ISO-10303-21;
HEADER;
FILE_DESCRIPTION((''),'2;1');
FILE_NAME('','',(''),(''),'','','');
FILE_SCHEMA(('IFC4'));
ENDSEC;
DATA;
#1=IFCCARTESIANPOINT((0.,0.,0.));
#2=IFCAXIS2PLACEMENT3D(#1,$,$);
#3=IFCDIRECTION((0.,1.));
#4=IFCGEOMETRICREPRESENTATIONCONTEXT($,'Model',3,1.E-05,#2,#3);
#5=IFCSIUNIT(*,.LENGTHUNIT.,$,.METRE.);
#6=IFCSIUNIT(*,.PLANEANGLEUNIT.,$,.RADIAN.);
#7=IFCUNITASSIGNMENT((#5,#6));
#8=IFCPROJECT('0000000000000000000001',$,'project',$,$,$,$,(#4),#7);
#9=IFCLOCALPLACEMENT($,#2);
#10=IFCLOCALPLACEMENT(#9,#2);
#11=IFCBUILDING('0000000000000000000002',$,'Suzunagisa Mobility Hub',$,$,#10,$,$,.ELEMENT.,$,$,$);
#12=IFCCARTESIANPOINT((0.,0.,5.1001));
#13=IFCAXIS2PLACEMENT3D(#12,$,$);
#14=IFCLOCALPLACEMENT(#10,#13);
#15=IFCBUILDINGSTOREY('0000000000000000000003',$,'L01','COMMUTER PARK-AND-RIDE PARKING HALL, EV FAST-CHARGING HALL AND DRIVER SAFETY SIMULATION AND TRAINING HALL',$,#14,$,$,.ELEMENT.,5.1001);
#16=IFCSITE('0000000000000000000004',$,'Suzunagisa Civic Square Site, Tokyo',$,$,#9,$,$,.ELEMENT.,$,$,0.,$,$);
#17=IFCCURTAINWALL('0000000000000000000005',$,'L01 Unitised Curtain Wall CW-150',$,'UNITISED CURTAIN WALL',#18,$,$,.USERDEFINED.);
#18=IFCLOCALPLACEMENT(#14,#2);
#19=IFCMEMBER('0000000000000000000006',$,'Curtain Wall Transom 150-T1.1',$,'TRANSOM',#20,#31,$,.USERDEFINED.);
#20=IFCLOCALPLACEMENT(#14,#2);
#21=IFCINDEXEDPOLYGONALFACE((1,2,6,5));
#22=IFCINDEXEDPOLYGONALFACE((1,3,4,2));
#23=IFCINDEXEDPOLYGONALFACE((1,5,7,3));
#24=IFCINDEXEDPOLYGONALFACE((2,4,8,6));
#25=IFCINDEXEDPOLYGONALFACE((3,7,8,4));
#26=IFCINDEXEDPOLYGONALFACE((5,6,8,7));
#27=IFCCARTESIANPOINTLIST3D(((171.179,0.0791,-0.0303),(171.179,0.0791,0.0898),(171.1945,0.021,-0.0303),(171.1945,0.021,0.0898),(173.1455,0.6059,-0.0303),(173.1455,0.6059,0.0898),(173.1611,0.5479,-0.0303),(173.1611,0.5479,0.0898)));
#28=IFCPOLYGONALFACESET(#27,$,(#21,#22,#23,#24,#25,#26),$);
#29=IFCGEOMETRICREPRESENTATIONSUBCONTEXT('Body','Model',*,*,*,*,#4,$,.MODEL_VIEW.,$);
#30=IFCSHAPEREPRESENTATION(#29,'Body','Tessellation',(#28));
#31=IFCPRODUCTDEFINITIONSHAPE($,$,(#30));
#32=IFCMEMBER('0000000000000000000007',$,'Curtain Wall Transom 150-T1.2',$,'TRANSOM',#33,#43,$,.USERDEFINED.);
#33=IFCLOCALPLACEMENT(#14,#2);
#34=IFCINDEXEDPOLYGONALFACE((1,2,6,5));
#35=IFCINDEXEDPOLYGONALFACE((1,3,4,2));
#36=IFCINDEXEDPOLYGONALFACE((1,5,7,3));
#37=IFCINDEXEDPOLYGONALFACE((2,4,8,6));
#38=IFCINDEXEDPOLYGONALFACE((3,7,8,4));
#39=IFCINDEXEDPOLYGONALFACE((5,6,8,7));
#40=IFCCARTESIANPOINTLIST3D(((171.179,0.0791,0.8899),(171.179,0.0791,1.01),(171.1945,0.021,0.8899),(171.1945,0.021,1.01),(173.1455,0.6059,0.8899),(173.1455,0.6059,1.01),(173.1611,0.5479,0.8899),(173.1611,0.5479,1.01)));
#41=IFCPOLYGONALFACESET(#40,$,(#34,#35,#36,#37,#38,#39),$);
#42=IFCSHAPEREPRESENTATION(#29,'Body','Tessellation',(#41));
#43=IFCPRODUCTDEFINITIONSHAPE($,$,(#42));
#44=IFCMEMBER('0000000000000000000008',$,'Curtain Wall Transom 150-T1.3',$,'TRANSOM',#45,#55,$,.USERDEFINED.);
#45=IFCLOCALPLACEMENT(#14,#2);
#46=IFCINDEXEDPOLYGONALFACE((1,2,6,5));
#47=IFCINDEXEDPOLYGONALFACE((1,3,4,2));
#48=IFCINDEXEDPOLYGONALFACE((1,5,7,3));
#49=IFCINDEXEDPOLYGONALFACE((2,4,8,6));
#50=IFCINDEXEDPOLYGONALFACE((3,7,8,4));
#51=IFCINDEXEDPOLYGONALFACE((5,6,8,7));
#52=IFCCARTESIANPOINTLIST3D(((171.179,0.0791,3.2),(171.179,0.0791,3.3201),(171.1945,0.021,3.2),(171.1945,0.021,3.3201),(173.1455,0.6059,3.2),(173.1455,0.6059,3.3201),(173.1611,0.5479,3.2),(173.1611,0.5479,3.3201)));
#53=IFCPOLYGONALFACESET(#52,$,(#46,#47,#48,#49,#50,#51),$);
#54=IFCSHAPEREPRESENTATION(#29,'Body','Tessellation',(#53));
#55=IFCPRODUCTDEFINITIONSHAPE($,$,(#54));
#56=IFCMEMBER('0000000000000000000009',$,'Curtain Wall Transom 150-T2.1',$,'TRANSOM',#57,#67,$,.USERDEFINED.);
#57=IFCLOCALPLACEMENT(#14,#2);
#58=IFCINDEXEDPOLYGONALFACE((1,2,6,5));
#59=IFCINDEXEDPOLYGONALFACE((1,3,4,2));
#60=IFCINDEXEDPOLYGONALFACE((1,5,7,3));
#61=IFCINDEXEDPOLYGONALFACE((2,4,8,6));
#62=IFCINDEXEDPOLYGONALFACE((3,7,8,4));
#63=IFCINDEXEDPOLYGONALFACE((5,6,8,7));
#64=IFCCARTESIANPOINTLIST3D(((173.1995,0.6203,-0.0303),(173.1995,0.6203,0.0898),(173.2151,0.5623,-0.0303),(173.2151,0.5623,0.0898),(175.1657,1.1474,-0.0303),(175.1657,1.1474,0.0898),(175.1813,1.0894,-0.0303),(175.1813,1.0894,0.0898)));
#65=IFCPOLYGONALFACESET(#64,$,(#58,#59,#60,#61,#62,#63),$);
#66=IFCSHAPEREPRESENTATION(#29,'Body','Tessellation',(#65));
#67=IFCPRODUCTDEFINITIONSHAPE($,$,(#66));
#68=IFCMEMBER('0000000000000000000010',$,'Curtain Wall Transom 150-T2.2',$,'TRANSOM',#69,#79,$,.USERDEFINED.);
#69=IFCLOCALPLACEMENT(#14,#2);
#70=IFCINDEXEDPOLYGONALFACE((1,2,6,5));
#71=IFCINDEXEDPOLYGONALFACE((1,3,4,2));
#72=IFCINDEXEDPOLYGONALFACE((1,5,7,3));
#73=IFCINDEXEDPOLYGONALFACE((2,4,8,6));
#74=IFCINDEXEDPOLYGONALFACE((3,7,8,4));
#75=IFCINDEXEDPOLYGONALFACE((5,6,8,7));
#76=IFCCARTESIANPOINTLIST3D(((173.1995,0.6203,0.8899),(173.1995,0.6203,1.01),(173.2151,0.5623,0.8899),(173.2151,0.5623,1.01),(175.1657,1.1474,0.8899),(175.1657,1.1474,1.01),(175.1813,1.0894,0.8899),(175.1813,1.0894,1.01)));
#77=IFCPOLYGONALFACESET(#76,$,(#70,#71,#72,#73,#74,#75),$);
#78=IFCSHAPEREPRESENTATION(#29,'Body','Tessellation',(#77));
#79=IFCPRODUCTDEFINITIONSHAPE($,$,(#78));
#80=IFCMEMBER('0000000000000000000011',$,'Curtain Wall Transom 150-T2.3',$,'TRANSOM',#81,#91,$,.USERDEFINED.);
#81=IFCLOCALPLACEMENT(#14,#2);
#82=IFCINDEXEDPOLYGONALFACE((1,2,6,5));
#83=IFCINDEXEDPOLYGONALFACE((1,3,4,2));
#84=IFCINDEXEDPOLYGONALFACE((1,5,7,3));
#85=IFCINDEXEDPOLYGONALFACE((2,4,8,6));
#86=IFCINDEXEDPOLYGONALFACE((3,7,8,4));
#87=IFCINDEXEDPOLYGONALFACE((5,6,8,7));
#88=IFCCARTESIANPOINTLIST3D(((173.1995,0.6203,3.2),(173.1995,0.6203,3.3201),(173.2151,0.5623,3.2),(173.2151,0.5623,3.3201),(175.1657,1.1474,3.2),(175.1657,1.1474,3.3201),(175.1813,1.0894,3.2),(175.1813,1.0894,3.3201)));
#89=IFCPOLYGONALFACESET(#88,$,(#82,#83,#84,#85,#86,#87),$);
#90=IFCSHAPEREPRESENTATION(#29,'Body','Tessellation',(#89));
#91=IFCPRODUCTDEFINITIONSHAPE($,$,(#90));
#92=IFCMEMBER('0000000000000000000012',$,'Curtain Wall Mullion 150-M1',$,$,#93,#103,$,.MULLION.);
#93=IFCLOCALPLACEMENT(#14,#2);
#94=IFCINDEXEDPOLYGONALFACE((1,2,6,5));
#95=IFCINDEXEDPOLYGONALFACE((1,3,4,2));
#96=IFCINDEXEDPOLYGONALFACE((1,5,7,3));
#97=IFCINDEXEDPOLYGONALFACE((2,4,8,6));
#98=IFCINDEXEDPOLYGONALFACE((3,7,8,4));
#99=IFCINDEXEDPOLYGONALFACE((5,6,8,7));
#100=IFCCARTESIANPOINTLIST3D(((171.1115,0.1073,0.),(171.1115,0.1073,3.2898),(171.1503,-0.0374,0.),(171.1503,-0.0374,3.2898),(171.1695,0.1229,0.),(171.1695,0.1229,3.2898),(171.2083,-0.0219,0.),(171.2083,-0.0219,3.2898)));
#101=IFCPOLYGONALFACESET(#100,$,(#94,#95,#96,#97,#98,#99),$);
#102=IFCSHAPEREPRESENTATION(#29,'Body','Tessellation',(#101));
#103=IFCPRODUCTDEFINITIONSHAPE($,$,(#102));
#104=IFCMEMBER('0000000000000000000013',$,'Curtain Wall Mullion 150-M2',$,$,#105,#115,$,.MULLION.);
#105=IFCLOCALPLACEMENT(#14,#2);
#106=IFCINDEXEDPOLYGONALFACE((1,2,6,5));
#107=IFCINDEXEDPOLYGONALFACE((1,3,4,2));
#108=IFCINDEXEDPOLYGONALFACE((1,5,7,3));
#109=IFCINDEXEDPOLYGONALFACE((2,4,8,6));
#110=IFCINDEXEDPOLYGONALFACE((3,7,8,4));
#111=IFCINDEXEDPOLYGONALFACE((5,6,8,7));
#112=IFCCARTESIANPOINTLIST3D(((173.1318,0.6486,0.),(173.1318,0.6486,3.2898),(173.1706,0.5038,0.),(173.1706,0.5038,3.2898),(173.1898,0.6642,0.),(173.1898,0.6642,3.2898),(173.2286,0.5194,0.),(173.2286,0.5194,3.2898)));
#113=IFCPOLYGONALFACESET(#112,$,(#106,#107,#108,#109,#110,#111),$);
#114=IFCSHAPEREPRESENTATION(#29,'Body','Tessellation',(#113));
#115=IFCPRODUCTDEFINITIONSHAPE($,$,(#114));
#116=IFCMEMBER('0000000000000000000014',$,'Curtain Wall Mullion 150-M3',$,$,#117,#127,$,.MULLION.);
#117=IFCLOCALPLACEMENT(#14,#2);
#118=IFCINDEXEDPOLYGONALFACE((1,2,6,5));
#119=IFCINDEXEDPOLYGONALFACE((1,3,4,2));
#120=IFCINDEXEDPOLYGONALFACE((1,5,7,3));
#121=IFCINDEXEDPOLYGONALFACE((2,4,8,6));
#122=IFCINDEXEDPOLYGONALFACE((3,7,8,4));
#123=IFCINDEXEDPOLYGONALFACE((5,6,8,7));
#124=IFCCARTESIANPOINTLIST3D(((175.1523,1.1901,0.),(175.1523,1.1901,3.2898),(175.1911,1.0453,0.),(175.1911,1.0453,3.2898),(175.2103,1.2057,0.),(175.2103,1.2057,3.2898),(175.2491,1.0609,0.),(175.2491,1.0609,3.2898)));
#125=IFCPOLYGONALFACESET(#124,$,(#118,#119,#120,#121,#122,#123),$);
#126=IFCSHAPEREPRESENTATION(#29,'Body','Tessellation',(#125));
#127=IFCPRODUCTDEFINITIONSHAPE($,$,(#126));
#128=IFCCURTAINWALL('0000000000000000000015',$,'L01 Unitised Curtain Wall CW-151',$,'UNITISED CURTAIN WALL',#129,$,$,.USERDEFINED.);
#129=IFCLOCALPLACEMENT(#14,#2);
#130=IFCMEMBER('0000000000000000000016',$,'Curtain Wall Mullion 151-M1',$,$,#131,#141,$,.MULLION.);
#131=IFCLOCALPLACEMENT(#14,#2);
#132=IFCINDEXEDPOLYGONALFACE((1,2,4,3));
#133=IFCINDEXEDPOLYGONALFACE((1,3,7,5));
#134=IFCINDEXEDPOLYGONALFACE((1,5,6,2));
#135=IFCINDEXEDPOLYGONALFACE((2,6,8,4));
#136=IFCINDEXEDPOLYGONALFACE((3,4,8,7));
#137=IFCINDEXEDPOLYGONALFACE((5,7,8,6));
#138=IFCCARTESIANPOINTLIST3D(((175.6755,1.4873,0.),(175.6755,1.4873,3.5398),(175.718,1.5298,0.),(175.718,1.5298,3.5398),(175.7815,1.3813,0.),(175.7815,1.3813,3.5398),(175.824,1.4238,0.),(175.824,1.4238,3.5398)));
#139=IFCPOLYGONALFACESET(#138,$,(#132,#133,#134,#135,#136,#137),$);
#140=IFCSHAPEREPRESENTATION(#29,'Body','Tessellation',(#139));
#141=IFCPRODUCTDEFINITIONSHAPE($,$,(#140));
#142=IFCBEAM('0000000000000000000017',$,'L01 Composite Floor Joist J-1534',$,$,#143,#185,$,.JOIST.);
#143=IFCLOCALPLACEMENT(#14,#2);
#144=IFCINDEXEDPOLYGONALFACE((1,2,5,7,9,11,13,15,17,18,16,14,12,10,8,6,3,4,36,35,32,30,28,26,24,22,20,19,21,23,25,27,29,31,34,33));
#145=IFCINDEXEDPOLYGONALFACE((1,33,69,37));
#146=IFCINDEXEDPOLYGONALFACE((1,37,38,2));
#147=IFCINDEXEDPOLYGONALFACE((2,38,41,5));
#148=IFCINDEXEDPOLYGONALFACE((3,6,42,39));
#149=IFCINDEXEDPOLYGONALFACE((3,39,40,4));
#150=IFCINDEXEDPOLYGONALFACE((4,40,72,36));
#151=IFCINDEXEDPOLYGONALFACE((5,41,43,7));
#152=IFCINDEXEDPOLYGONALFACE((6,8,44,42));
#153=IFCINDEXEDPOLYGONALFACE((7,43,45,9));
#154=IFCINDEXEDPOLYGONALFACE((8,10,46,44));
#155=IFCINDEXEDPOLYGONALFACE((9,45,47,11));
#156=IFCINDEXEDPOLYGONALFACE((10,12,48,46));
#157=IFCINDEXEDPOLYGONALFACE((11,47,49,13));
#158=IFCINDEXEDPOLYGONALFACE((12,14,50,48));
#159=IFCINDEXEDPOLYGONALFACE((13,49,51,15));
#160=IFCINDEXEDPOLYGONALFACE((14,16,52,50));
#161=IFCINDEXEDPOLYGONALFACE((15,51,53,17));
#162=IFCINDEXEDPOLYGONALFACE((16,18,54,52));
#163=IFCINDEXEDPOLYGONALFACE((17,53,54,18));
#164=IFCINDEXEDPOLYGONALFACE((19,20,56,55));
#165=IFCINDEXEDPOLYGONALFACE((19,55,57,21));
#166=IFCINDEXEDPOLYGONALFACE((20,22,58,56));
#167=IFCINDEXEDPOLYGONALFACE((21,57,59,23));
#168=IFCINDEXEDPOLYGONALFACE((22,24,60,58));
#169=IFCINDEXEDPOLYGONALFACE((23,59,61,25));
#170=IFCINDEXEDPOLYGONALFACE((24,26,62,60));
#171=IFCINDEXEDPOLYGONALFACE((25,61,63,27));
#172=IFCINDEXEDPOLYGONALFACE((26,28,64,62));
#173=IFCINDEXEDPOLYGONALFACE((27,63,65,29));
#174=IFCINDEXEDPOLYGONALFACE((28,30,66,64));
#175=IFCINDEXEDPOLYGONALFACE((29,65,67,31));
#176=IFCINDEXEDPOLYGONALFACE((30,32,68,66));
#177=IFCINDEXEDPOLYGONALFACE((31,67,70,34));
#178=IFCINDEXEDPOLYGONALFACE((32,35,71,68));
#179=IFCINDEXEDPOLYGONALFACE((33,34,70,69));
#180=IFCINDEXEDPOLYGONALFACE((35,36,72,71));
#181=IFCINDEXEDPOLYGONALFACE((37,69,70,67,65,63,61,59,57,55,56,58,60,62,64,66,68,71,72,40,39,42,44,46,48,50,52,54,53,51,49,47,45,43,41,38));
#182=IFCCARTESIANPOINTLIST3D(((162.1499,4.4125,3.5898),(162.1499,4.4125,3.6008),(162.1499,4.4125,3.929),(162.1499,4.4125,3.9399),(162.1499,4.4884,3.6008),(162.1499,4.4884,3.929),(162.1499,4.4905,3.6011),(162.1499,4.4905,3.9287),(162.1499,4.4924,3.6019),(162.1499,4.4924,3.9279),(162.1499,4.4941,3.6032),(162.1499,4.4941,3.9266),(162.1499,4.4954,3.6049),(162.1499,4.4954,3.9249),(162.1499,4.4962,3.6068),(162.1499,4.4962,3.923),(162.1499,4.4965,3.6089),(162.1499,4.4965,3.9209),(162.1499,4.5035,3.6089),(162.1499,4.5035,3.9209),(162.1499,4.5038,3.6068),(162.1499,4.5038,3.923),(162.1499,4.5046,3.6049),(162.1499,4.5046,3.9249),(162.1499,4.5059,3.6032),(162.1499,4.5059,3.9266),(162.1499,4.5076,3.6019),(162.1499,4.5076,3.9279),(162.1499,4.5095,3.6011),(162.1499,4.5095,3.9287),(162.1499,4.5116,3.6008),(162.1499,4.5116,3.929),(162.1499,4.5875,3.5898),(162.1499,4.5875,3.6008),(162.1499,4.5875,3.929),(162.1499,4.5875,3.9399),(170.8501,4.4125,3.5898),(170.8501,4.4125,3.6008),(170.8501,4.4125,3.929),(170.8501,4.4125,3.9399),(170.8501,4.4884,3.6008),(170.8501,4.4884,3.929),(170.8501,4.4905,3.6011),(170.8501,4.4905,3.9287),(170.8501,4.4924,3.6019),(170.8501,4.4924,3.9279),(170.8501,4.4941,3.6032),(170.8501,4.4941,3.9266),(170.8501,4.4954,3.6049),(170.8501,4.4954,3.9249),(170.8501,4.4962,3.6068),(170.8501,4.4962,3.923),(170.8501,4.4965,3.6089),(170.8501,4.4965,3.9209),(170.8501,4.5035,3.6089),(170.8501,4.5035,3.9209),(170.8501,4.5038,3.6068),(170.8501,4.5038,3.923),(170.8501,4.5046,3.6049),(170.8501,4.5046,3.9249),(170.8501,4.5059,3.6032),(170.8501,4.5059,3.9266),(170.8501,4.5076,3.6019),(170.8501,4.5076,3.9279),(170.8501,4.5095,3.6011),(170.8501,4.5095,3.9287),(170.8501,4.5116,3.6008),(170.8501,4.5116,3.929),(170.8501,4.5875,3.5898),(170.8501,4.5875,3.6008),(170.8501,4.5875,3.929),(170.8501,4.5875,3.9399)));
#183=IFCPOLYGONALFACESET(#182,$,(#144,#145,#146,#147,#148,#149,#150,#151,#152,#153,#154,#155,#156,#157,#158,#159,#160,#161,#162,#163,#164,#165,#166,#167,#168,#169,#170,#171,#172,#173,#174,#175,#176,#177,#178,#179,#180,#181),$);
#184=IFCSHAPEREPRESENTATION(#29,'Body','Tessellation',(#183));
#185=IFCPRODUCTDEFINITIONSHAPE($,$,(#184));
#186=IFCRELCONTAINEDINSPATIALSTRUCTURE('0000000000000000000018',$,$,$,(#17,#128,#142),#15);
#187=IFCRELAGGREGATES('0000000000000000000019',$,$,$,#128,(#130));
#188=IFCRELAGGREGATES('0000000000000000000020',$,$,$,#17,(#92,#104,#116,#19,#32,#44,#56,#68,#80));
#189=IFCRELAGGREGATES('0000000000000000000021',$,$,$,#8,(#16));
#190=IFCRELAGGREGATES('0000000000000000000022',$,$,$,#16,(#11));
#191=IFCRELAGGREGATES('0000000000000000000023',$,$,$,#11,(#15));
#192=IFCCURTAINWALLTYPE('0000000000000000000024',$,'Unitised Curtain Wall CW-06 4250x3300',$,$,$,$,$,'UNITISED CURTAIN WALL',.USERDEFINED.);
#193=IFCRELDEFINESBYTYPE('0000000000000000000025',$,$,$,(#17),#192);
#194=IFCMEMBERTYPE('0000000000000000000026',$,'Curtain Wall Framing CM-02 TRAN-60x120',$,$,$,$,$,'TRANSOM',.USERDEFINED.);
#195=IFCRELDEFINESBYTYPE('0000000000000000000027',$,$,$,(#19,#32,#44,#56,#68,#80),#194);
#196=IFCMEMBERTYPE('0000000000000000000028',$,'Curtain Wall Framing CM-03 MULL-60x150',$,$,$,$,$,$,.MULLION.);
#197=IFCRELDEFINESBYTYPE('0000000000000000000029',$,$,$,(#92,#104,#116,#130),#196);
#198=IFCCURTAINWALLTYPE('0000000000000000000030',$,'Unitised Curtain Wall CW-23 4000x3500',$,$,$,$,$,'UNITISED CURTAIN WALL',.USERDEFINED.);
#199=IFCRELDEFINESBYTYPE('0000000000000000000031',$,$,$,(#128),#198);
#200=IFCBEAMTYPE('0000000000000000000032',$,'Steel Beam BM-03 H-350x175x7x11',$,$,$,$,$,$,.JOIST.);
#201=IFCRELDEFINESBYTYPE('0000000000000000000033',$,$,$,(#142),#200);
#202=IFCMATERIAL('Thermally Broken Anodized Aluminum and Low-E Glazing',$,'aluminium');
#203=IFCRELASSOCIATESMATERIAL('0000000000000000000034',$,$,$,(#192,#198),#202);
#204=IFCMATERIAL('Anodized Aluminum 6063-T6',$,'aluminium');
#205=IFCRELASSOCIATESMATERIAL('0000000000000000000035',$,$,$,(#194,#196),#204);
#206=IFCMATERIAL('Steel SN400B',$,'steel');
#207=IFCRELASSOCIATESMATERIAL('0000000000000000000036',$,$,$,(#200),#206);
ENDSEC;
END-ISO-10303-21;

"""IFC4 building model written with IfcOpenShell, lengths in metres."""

from ifc_helpers import new_model, si_unit, direction, frame, origin, origin_2d, place, context, subcontext, project, spatial, rectangle, i_section, extrude, material, material_profile, profile_set, type_object, element, aggregate, save


model = new_model("IFC4")

# Units and contexts
model_context = context("Model", 3, precision=1e-05, world=origin(), true_north=direction((0.0, 1.0)))
body_context = subcontext(model_context, "Body", "Model", "MODEL_VIEW")
ifc_project = project(units=[si_unit("LENGTHUNIT", "METRE"), si_unit("PLANEANGLEUNIT", "RADIAN")], contexts=[model_context])

# Site, building, storey
site_placement = place(None, origin())
site = spatial("IfcSite", under=ifc_project, at=site_placement, Name="Suzunagisa Civic Square Site, Tokyo", CompositionType="ELEMENT", RefElevation=0.0)
building_placement = place(site_placement, origin())
building = spatial("IfcBuilding", under=site, at=building_placement, Name="Suzunagisa Mobility Hub", CompositionType="ELEMENT")
storey_placement = place(building_placement, frame((0.0, 0.0, 5.1001)))
storey = spatial("IfcBuildingStorey", under=building, at=storey_placement, Name="L01", Description="COMMUTER PARK-AND-RIDE PARKING HALL, EV FAST-CHARGING HALL AND DRIVER SAFETY SIMULATION AND TRAINING HALL", CompositionType="ELEMENT", Elevation=5.1001)

# Curtain wall, members
ifc_material_1 = material(Name="Thermally Broken Anodized Aluminum and Low-E Glazing", Category="aluminium")
curtain_wall_type_1 = type_object("IfcCurtainWallType", Name="Unitised Curtain Wall CW-06 4250x3300", ElementType="UNITISED CURTAIN WALL", PredefinedType="USERDEFINED", material=ifc_material_1)
curtain_wall_1_placement = place(storey_placement, origin())
curtain_wall_1 = element("IfcCurtainWall", 1, at=curtain_wall_1_placement, inside=storey, type_object=curtain_wall_type_1, Name="L01 Unitised Curtain Wall CW-150", ObjectType="UNITISED CURTAIN WALL", PredefinedType="USERDEFINED")
ifc_material_2 = material(Name="Anodized Aluminum 6063-T6", Category="aluminium")
ifc_material_profile_1 = material_profile(ifc_material_2, rectangle(XDim=0.0601, YDim=0.1201, at=origin_2d()), Name="TRAN-60x120")
ifc_profile_set_1 = profile_set([ifc_material_profile_1], Name="Anodized Aluminum 6063-T6")
member_type_1 = type_object("IfcMemberType", Name="Curtain Wall Framing CM-02 TRAN-60x120", ElementType="TRANSOM", PredefinedType="USERDEFINED", material=ifc_profile_set_1)
member_1_placement = place(storey_placement, frame((171.1868, 0.05, 0.0298), z_axis=(0.965936, 0.258782, 0.0), x_axis=(-0.258782, 0.965936, 0.0)))
member_1 = element("IfcMember", 2, at=member_1_placement, type_object=member_type_1, Name="Curtain Wall Transom 150-T1.1", ObjectType="TRANSOM", PredefinedType="USERDEFINED", context=body_context, shape_type="SweptSolid", body=[
    extrude(rectangle(XDim=0.0601, YDim=0.1201, at=origin_2d()), origin(), (0.0, 0.0, 1.0), 2.0359),
])
member_2_placement = place(storey_placement, frame((171.1868, 0.05, 0.95), z_axis=(0.965936, 0.258782, 0.0), x_axis=(-0.258782, 0.965936, 0.0)))
member_2 = element("IfcMember", 3, at=member_2_placement, type_object=member_type_1, Name="Curtain Wall Transom 150-T1.2", ObjectType="TRANSOM", PredefinedType="USERDEFINED", context=body_context, shape_type="SweptSolid", body=[
    extrude(rectangle(XDim=0.0601, YDim=0.1201, at=origin_2d()), origin(), (0.0, 0.0, 1.0), 2.0359),
])
member_3_placement = place(storey_placement, frame((171.1868, 0.05, 3.26), z_axis=(0.965936, 0.258782, 0.0), x_axis=(-0.258782, 0.965936, 0.0)))
member_3 = element("IfcMember", 4, at=member_3_placement, type_object=member_type_1, Name="Curtain Wall Transom 150-T1.3", ObjectType="TRANSOM", PredefinedType="USERDEFINED", context=body_context, shape_type="SweptSolid", body=[
    extrude(rectangle(XDim=0.0601, YDim=0.1201, at=origin_2d()), origin(), (0.0, 0.0, 1.0), 2.0359),
])
member_4_placement = place(storey_placement, frame((173.2073, 0.5913, 0.0298), z_axis=(0.965898, 0.258924, 0.0), x_axis=(-0.258924, 0.965898, 0.0)))
member_4 = element("IfcMember", 5, at=member_4_placement, type_object=member_type_1, Name="Curtain Wall Transom 150-T2.1", ObjectType="TRANSOM", PredefinedType="USERDEFINED", context=body_context, shape_type="SweptSolid", body=[
    extrude(rectangle(XDim=0.0601, YDim=0.1201, at=origin_2d()), origin(), (0.0, 0.0, 1.0), 2.0356),
])
member_5_placement = place(storey_placement, frame((173.2073, 0.5913, 0.95), z_axis=(0.965898, 0.258924, 0.0), x_axis=(-0.258924, 0.965898, 0.0)))
member_5 = element("IfcMember", 6, at=member_5_placement, type_object=member_type_1, Name="Curtain Wall Transom 150-T2.2", ObjectType="TRANSOM", PredefinedType="USERDEFINED", context=body_context, shape_type="SweptSolid", body=[
    extrude(rectangle(XDim=0.0601, YDim=0.1201, at=origin_2d()), origin(), (0.0, 0.0, 1.0), 2.0356),
])
member_6_placement = place(storey_placement, frame((173.2073, 0.5913, 3.26), z_axis=(0.965898, 0.258924, 0.0), x_axis=(-0.258924, 0.965898, 0.0)))
member_6 = element("IfcMember", 7, at=member_6_placement, type_object=member_type_1, Name="Curtain Wall Transom 150-T2.3", ObjectType="TRANSOM", PredefinedType="USERDEFINED", context=body_context, shape_type="SweptSolid", body=[
    extrude(rectangle(XDim=0.0601, YDim=0.1201, at=origin_2d()), origin(), (0.0, 0.0, 1.0), 2.0356),
])
ifc_material_profile_2 = material_profile(ifc_material_2, rectangle(XDim=0.0601, YDim=0.1499, at=origin_2d()), Name="MULL-60x150")
ifc_profile_set_2 = profile_set([ifc_material_profile_2], Name="Anodized Aluminum 6063-T6")
member_type_2 = type_object("IfcMemberType", Name="Curtain Wall Framing CM-03 MULL-60x150", PredefinedType="MULLION", material=ifc_profile_set_2)
member_7_placement = place(storey_placement, frame((171.1599, 0.0427, 0.0), z_axis=(0.0, 0.0, 1.0), x_axis=(0.965924, 0.258826, 0.0)))
member_7 = element("IfcMember", 8, at=member_7_placement, type_object=member_type_2, Name="Curtain Wall Mullion 150-M1", PredefinedType="MULLION", context=body_context, shape_type="SweptSolid", body=[
    extrude(rectangle(XDim=0.0601, YDim=0.1499, at=origin_2d()), origin(), (0.0, 0.0, 1.0), 3.2898),
])
member_8_placement = place(storey_placement, frame((173.1802, 0.584, 0.0), z_axis=(0.0, 0.0, 1.0), x_axis=(0.965924, 0.258826, 0.0)))
member_8 = element("IfcMember", 9, at=member_8_placement, type_object=member_type_2, Name="Curtain Wall Mullion 150-M2", PredefinedType="MULLION", context=body_context, shape_type="SweptSolid", body=[
    extrude(rectangle(XDim=0.0601, YDim=0.1499, at=origin_2d()), origin(), (0.0, 0.0, 1.0), 3.2898),
])
member_9_placement = place(storey_placement, frame((175.2007, 1.1255, 0.0), z_axis=(0.0, 0.0, 1.0), x_axis=(0.965924, 0.258826, 0.0)))
member_9 = element("IfcMember", 10, at=member_9_placement, type_object=member_type_2, Name="Curtain Wall Mullion 150-M3", PredefinedType="MULLION", context=body_context, shape_type="SweptSolid", body=[
    extrude(rectangle(XDim=0.0601, YDim=0.1499, at=origin_2d()), origin(), (0.0, 0.0, 1.0), 3.2898),
])

# Curtain wall, member
curtain_wall_type_2 = type_object("IfcCurtainWallType", Name="Unitised Curtain Wall CW-23 4000x3500", ElementType="UNITISED CURTAIN WALL", PredefinedType="USERDEFINED", material=ifc_material_1)
curtain_wall_2_placement = place(storey_placement, origin())
curtain_wall_2 = element("IfcCurtainWall", 11, at=curtain_wall_2_placement, inside=storey, type_object=curtain_wall_type_2, Name="L01 Unitised Curtain Wall CW-151", ObjectType="UNITISED CURTAIN WALL", PredefinedType="USERDEFINED")
member_10_placement = place(storey_placement, frame((175.7498, 1.4556, 0.0), z_axis=(0.0, 0.0, 1.0), x_axis=(0.707107, 0.707107, 0.0)))
member_10 = element("IfcMember", 12, at=member_10_placement, type_object=member_type_2, Name="Curtain Wall Mullion 151-M1", PredefinedType="MULLION", context=body_context, shape_type="SweptSolid", body=[
    extrude(rectangle(XDim=0.0601, YDim=0.1499, at=origin_2d()), origin(), (0.0, 0.0, 1.0), 3.5398),
])
aggregate(curtain_wall_2, [member_10])

# Beam
ifc_material_3 = material(Name="Steel SN400B", Category="steel")
ifc_material_profile_3 = material_profile(ifc_material_3, i_section(OverallWidth=0.175, OverallDepth=0.3501, WebThickness=0.0071, FlangeThickness=0.011, FilletRadius=0.0081, at=origin_2d()), Name="H-350x175x7x11")
ifc_profile_set_3 = profile_set([ifc_material_profile_3], Name="Steel SN400B")
beam_type_1 = type_object("IfcBeamType", Name="Steel Beam BM-03 H-350x175x7x11", PredefinedType="JOIST", material=ifc_profile_set_3)
beam_1_placement = place(storey_placement, frame((162.1499, 4.5, 3.7649), z_axis=(1.0, 0.0, 0.0), x_axis=(0.0, 1.0, 0.0)))
element("IfcBeam", 13, at=beam_1_placement, inside=storey, type_object=beam_type_1, Name="L01 Composite Floor Joist J-1534", PredefinedType="JOIST", context=body_context, shape_type="SweptSolid", body=[
    extrude(i_section(OverallWidth=0.175, OverallDepth=0.3501, WebThickness=0.0071, FlangeThickness=0.011, FilletRadius=0.0081, at=origin_2d()), origin(), (0.0, 0.0, 1.0), 8.7002),
])

aggregate(curtain_wall_1, [member_7, member_8, member_9, member_1, member_2, member_3, member_4, member_5, member_6])

save(model, "model.ifc")
